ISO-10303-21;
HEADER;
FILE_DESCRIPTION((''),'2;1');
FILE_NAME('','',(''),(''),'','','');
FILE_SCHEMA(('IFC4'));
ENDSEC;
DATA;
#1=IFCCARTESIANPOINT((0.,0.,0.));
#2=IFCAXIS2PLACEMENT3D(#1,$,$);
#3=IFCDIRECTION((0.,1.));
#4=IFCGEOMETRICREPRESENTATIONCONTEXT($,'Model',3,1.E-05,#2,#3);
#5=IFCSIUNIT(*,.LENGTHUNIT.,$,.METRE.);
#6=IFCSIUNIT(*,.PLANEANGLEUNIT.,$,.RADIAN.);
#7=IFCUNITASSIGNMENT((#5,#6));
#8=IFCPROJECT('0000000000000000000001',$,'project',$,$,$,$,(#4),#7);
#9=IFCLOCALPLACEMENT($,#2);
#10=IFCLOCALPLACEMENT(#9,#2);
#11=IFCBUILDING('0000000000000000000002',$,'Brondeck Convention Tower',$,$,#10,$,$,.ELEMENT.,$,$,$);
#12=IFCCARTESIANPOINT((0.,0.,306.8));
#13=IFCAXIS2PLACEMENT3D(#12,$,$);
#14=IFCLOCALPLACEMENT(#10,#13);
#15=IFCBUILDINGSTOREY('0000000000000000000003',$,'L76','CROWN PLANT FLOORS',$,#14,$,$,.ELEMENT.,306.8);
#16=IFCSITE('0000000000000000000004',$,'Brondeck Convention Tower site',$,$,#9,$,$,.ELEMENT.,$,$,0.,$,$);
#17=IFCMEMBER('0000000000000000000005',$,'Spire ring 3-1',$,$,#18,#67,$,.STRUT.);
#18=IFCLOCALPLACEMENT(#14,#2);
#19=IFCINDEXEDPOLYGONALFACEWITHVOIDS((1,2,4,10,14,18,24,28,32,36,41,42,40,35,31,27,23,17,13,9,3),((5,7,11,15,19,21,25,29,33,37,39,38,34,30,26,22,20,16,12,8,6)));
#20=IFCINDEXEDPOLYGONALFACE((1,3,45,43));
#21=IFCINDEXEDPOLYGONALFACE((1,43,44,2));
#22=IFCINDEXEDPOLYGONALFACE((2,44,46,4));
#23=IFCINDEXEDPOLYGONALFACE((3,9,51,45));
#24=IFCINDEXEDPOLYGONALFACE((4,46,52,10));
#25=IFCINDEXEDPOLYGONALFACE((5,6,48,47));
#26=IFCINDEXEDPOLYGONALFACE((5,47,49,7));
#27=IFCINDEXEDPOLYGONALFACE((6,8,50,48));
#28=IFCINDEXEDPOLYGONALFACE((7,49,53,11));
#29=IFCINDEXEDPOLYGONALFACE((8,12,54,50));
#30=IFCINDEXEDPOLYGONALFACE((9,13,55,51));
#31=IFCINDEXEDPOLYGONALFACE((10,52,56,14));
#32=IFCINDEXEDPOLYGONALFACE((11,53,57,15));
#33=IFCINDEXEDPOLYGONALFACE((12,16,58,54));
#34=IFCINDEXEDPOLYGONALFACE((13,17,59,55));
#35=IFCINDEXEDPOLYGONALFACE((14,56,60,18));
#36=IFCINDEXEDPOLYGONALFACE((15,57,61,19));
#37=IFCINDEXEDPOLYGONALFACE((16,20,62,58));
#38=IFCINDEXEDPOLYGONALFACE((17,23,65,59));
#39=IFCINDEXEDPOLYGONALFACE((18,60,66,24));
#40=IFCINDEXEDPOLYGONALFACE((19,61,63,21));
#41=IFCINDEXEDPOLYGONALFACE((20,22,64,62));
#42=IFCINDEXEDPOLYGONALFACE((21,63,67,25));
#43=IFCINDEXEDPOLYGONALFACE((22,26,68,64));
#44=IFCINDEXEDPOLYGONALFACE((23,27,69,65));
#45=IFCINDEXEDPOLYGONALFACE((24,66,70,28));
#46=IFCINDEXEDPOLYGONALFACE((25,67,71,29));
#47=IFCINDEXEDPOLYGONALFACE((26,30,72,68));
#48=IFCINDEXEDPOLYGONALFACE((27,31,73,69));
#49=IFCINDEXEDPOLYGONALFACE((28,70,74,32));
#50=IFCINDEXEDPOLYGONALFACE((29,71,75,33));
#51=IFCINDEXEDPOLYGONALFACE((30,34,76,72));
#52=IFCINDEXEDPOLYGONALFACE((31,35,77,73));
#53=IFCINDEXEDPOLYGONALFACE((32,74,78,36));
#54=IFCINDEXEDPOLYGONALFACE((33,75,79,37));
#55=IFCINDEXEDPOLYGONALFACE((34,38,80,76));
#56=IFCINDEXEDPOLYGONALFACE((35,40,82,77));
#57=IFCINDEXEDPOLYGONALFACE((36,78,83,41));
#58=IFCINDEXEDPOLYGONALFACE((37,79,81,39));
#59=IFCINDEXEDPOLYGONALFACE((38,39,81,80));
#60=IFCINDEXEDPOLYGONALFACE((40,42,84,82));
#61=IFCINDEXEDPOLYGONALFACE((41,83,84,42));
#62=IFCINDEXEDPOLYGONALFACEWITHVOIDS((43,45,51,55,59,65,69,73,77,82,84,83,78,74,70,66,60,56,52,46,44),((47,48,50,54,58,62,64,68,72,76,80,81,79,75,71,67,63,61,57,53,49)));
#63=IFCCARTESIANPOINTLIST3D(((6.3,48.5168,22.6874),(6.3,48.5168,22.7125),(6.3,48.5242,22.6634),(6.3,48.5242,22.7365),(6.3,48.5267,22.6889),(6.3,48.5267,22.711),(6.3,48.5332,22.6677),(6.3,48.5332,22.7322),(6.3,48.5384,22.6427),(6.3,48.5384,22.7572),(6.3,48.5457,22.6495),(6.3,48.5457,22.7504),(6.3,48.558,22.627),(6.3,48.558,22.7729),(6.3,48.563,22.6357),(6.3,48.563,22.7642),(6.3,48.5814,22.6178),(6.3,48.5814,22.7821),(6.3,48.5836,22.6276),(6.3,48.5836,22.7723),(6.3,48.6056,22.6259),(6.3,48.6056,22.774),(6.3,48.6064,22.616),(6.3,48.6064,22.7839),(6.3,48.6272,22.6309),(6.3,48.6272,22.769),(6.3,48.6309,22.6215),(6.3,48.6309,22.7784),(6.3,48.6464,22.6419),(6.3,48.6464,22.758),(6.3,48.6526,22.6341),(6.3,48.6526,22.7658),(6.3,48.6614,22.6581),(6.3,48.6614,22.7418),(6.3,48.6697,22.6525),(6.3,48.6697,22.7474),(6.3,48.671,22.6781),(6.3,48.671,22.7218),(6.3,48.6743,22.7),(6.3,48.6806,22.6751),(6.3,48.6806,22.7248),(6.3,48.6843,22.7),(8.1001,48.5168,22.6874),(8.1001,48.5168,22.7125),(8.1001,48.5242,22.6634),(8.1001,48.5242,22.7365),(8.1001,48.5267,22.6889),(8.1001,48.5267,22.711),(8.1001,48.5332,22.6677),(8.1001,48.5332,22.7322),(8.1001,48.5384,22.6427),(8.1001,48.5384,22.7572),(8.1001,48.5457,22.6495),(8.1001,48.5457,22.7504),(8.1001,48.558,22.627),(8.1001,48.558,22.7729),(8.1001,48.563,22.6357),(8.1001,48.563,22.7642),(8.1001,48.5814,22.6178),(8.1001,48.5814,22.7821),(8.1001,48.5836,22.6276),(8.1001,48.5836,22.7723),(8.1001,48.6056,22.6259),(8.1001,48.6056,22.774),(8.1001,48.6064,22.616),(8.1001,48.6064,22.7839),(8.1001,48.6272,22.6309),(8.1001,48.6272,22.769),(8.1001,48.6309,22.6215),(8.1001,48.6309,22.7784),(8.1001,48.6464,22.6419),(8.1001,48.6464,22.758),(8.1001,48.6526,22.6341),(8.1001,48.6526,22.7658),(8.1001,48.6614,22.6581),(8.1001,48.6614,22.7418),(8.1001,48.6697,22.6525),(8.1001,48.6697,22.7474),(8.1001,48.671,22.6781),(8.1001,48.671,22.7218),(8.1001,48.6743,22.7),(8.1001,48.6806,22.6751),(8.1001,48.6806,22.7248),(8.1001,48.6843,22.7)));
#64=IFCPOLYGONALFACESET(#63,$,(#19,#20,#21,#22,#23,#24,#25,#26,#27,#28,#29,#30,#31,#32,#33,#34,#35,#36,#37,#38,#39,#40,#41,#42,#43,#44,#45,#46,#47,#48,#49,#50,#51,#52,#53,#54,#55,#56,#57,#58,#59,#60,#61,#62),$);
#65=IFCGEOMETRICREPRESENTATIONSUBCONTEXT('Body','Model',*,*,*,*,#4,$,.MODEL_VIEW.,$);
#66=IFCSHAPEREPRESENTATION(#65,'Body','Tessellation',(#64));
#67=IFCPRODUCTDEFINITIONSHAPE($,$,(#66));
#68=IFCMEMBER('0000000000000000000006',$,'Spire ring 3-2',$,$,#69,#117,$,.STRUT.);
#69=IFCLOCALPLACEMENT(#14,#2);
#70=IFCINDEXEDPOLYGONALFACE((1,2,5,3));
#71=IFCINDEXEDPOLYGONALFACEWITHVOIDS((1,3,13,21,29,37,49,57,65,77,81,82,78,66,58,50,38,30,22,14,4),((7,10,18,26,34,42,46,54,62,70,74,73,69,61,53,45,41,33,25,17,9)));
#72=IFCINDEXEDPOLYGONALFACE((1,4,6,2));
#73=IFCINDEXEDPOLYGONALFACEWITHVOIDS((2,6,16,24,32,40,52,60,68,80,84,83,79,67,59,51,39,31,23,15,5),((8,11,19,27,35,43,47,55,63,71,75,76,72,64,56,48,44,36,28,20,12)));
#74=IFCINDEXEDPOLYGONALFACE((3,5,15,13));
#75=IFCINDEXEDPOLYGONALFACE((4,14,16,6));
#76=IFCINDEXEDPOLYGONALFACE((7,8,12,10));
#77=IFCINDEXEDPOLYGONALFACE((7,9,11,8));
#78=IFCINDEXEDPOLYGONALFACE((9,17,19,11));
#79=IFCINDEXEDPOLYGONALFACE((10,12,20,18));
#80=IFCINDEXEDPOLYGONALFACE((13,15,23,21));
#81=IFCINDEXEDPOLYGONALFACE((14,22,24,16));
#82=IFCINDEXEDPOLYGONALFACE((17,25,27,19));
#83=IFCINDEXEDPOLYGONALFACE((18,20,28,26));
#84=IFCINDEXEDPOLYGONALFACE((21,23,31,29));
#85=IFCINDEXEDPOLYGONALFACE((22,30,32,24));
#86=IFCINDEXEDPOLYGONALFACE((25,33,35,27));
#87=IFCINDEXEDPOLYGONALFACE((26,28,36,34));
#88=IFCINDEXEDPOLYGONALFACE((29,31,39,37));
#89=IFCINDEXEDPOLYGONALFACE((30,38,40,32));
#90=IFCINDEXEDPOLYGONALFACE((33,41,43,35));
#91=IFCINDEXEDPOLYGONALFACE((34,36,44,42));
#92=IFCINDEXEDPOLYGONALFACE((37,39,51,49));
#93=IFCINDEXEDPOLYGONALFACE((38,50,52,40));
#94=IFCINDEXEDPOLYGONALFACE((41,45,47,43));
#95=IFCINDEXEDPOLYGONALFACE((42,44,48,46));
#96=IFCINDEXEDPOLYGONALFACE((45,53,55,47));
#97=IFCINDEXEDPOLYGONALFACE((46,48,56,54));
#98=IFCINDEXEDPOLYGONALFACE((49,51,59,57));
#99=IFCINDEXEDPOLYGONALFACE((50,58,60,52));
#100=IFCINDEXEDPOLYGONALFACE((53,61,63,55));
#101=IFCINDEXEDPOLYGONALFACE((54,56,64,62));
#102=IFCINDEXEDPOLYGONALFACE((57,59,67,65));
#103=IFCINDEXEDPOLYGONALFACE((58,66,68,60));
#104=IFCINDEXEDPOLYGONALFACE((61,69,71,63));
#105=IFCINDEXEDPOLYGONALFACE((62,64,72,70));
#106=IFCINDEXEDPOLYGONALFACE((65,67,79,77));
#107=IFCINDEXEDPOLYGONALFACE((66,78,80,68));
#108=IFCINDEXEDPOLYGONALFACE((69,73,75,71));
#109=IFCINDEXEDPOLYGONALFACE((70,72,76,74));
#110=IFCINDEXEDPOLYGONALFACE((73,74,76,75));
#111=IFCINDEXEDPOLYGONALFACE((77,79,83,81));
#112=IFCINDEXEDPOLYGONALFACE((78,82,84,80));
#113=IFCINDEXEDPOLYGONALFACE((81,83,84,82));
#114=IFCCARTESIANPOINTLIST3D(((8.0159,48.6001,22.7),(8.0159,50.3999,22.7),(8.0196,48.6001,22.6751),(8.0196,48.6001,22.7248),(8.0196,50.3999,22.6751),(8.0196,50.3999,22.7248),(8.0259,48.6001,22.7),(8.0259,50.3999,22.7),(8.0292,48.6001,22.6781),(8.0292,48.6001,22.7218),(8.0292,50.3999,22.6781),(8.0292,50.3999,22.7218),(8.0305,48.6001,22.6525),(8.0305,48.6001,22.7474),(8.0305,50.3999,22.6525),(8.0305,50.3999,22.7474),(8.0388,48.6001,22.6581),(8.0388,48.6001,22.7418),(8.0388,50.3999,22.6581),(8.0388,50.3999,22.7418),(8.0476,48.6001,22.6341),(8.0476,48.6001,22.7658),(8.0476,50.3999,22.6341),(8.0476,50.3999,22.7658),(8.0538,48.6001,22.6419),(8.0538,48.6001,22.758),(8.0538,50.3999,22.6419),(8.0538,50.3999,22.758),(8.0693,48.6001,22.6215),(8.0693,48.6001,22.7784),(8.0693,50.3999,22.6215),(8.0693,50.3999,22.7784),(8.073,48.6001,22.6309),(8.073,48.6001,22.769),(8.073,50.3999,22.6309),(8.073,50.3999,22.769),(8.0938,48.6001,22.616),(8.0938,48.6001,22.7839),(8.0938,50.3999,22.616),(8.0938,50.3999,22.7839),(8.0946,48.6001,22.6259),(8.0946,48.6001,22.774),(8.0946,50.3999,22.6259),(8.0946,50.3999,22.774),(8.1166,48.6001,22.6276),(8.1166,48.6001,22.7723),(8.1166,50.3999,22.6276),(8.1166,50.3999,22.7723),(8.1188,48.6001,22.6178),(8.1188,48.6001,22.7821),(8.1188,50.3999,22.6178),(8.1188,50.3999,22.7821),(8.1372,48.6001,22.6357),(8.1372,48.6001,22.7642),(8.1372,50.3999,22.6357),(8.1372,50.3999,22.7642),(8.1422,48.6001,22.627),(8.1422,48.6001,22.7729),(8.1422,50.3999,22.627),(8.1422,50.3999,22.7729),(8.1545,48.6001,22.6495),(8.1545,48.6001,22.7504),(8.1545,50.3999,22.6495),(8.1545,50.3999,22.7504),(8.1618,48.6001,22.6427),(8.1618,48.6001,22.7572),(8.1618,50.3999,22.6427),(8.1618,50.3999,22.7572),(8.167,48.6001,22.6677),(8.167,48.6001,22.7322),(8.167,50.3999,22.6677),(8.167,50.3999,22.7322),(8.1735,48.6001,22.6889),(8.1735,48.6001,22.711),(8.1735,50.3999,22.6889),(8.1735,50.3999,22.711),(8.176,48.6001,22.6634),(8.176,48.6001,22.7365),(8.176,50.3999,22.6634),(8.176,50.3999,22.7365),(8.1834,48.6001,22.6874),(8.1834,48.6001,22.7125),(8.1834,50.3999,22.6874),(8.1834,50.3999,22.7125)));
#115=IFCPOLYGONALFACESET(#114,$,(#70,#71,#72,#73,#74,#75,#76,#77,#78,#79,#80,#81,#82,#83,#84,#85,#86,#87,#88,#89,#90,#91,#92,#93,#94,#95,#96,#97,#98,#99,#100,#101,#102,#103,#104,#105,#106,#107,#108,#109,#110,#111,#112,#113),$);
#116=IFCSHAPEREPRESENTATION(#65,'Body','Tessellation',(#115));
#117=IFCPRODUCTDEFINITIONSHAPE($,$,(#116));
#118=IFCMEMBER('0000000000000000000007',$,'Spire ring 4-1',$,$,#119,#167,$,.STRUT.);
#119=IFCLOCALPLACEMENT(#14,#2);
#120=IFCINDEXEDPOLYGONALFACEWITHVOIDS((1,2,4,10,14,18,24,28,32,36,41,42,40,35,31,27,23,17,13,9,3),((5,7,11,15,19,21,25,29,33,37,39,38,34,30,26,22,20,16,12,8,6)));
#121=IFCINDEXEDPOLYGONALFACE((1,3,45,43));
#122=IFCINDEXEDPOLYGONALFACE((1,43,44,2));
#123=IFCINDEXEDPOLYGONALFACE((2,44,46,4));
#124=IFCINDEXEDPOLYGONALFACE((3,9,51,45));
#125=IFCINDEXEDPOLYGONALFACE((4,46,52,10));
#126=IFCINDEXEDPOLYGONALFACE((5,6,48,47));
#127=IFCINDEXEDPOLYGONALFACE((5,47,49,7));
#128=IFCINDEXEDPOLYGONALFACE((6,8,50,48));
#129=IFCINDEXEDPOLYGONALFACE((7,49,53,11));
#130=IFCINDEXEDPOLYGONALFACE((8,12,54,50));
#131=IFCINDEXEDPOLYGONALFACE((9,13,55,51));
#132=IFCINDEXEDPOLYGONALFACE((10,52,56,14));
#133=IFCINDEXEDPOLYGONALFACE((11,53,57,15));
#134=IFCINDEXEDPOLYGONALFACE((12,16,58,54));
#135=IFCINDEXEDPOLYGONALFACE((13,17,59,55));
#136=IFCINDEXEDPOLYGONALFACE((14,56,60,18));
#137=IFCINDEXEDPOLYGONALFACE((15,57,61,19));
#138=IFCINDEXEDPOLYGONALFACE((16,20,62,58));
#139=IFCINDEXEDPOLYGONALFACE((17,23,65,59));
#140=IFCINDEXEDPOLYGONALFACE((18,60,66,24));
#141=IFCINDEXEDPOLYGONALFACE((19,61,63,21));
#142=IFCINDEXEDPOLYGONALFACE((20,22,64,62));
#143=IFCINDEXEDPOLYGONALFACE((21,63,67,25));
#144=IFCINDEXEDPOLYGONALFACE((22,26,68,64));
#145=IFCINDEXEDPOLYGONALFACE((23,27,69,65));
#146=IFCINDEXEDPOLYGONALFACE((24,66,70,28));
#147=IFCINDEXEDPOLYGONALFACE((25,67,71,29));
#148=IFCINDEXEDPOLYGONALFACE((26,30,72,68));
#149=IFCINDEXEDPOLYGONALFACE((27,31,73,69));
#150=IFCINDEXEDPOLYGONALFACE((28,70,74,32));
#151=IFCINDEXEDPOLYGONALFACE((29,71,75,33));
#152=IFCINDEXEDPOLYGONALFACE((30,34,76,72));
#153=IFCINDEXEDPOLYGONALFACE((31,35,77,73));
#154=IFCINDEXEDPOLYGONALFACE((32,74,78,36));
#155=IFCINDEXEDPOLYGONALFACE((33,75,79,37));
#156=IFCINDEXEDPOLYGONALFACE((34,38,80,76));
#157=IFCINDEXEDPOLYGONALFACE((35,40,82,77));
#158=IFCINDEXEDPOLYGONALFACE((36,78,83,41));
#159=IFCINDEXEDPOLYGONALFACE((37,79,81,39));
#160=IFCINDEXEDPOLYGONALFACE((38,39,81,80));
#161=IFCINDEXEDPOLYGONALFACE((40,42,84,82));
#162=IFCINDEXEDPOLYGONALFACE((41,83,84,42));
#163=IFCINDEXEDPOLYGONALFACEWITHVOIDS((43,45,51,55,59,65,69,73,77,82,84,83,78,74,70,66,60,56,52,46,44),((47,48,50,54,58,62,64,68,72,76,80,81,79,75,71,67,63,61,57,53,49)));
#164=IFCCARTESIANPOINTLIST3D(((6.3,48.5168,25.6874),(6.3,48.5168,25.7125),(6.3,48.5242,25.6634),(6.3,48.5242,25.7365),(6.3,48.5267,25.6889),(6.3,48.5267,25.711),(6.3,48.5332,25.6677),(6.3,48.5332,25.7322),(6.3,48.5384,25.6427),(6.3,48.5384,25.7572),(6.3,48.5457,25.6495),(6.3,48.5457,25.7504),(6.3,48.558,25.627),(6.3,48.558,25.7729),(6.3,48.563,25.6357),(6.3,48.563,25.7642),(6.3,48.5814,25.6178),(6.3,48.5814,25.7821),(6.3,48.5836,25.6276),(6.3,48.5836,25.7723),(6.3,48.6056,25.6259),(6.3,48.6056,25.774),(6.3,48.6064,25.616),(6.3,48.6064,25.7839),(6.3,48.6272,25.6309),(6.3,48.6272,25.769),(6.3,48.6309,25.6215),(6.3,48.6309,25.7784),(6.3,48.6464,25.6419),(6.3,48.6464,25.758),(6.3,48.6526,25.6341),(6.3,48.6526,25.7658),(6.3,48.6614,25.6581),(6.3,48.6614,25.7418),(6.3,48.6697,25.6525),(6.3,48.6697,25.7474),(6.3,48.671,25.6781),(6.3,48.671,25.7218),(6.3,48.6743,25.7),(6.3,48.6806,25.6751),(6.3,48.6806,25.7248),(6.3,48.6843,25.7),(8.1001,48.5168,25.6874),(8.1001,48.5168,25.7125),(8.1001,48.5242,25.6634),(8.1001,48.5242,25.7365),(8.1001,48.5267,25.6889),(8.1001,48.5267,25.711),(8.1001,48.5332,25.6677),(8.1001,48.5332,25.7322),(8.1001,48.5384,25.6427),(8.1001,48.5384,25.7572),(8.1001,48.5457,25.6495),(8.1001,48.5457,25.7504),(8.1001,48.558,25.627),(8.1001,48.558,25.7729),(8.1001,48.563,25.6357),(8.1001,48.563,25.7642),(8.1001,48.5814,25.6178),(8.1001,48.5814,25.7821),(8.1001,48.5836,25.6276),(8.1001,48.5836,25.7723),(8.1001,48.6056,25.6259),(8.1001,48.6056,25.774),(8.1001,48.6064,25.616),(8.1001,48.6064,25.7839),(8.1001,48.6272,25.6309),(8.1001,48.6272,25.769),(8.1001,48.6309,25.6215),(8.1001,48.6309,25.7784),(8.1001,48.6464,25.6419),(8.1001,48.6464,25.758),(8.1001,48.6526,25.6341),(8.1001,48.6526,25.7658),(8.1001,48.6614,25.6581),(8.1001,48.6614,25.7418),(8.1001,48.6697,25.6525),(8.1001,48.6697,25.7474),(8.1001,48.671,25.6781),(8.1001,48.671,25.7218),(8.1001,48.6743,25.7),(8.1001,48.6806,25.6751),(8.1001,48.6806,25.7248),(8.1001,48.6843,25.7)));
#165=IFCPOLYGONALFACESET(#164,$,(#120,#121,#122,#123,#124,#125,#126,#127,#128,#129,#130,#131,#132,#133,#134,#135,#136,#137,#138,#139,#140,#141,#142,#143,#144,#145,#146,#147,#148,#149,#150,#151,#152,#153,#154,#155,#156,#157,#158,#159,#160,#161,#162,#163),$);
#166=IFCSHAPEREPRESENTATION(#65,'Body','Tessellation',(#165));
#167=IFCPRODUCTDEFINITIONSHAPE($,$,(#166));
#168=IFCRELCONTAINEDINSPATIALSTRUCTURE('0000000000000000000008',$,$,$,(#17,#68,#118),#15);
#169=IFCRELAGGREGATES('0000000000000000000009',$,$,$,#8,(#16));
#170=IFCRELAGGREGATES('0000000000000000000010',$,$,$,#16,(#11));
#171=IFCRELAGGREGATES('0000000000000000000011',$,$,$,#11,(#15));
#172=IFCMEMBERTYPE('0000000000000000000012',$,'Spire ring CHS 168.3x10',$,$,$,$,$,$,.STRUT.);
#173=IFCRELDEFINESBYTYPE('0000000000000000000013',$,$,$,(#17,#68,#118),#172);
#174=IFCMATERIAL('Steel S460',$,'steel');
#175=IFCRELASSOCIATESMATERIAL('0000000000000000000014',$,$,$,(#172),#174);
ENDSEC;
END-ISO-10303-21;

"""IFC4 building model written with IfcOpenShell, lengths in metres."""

from ifc_helpers import new_model, si_unit, direction, frame, origin, origin_2d, place, context, subcontext, project, spatial, hollow_circle, extrude, material, material_profile, profile_set, type_object, element, save


model = new_model("IFC4")

# Units and contexts
model_context = context("Model", 3, precision=1e-05, world=origin(), true_north=direction((0.0, 1.0)))
body_context = subcontext(model_context, "Body", "Model", "MODEL_VIEW")
ifc_project = project(units=[si_unit("LENGTHUNIT", "METRE"), si_unit("PLANEANGLEUNIT", "RADIAN")], contexts=[model_context])

# Site, building, storey
site_placement = place(None, origin())
site = spatial("IfcSite", under=ifc_project, at=site_placement, Name="Brondeck Convention Tower site", CompositionType="ELEMENT", RefElevation=0.0)
building_placement = place(site_placement, origin())
building = spatial("IfcBuilding", under=site, at=building_placement, Name="Brondeck Convention Tower", CompositionType="ELEMENT")
storey_placement = place(building_placement, frame((0.0, 0.0, 306.8)))
storey = spatial("IfcBuildingStorey", under=building, at=storey_placement, Name="L76", Description="CROWN PLANT FLOORS", CompositionType="ELEMENT", Elevation=306.8)

# Members
ifc_material_1 = material(Name="Steel S460", Category="steel")
ifc_material_profile_1 = material_profile(ifc_material_1, hollow_circle(Radius=0.0842, WallThickness=0.01, at=origin_2d()), Name="CHS 168.3x10")
ifc_profile_set_1 = profile_set([ifc_material_profile_1], Name="Steel S460")
member_type_1 = type_object("IfcMemberType", Name="Spire ring CHS 168.3x10", PredefinedType="STRUT", material=ifc_profile_set_1)
member_1_placement = place(storey_placement, frame((6.3, 48.6001, 22.7), z_axis=(1.0, 0.0, 0.0), x_axis=(0.0, 1.0, 0.0)))
element("IfcMember", 1, at=member_1_placement, inside=storey, type_object=member_type_1, Name="Spire ring 3-1", PredefinedType="STRUT", context=body_context, shape_type="SweptSolid", body=[
    extrude(hollow_circle(Radius=0.0842, WallThickness=0.01, at=origin_2d()), origin(), (0.0, 0.0, 1.0), 1.8),
])
member_2_placement = place(storey_placement, frame((8.1001, 48.6001, 22.7), z_axis=(0.0, 1.0, 0.0), x_axis=(-1.0, 0.0, 0.0)))
element("IfcMember", 2, at=member_2_placement, inside=storey, type_object=member_type_1, Name="Spire ring 3-2", PredefinedType="STRUT", context=body_context, shape_type="SweptSolid", body=[
    extrude(hollow_circle(Radius=0.0842, WallThickness=0.01, at=origin_2d()), origin(), (0.0, 0.0, 1.0), 1.7998),
])
member_3_placement = place(storey_placement, frame((6.3, 48.6001, 25.7), z_axis=(1.0, 0.0, 0.0), x_axis=(0.0, 1.0, 0.0)))
element("IfcMember", 3, at=member_3_placement, inside=storey, type_object=member_type_1, Name="Spire ring 4-1", PredefinedType="STRUT", context=body_context, shape_type="SweptSolid", body=[
    extrude(hollow_circle(Radius=0.0842, WallThickness=0.01, at=origin_2d()), origin(), (0.0, 0.0, 1.0), 1.8),
])

save(model, "model.ifc")
